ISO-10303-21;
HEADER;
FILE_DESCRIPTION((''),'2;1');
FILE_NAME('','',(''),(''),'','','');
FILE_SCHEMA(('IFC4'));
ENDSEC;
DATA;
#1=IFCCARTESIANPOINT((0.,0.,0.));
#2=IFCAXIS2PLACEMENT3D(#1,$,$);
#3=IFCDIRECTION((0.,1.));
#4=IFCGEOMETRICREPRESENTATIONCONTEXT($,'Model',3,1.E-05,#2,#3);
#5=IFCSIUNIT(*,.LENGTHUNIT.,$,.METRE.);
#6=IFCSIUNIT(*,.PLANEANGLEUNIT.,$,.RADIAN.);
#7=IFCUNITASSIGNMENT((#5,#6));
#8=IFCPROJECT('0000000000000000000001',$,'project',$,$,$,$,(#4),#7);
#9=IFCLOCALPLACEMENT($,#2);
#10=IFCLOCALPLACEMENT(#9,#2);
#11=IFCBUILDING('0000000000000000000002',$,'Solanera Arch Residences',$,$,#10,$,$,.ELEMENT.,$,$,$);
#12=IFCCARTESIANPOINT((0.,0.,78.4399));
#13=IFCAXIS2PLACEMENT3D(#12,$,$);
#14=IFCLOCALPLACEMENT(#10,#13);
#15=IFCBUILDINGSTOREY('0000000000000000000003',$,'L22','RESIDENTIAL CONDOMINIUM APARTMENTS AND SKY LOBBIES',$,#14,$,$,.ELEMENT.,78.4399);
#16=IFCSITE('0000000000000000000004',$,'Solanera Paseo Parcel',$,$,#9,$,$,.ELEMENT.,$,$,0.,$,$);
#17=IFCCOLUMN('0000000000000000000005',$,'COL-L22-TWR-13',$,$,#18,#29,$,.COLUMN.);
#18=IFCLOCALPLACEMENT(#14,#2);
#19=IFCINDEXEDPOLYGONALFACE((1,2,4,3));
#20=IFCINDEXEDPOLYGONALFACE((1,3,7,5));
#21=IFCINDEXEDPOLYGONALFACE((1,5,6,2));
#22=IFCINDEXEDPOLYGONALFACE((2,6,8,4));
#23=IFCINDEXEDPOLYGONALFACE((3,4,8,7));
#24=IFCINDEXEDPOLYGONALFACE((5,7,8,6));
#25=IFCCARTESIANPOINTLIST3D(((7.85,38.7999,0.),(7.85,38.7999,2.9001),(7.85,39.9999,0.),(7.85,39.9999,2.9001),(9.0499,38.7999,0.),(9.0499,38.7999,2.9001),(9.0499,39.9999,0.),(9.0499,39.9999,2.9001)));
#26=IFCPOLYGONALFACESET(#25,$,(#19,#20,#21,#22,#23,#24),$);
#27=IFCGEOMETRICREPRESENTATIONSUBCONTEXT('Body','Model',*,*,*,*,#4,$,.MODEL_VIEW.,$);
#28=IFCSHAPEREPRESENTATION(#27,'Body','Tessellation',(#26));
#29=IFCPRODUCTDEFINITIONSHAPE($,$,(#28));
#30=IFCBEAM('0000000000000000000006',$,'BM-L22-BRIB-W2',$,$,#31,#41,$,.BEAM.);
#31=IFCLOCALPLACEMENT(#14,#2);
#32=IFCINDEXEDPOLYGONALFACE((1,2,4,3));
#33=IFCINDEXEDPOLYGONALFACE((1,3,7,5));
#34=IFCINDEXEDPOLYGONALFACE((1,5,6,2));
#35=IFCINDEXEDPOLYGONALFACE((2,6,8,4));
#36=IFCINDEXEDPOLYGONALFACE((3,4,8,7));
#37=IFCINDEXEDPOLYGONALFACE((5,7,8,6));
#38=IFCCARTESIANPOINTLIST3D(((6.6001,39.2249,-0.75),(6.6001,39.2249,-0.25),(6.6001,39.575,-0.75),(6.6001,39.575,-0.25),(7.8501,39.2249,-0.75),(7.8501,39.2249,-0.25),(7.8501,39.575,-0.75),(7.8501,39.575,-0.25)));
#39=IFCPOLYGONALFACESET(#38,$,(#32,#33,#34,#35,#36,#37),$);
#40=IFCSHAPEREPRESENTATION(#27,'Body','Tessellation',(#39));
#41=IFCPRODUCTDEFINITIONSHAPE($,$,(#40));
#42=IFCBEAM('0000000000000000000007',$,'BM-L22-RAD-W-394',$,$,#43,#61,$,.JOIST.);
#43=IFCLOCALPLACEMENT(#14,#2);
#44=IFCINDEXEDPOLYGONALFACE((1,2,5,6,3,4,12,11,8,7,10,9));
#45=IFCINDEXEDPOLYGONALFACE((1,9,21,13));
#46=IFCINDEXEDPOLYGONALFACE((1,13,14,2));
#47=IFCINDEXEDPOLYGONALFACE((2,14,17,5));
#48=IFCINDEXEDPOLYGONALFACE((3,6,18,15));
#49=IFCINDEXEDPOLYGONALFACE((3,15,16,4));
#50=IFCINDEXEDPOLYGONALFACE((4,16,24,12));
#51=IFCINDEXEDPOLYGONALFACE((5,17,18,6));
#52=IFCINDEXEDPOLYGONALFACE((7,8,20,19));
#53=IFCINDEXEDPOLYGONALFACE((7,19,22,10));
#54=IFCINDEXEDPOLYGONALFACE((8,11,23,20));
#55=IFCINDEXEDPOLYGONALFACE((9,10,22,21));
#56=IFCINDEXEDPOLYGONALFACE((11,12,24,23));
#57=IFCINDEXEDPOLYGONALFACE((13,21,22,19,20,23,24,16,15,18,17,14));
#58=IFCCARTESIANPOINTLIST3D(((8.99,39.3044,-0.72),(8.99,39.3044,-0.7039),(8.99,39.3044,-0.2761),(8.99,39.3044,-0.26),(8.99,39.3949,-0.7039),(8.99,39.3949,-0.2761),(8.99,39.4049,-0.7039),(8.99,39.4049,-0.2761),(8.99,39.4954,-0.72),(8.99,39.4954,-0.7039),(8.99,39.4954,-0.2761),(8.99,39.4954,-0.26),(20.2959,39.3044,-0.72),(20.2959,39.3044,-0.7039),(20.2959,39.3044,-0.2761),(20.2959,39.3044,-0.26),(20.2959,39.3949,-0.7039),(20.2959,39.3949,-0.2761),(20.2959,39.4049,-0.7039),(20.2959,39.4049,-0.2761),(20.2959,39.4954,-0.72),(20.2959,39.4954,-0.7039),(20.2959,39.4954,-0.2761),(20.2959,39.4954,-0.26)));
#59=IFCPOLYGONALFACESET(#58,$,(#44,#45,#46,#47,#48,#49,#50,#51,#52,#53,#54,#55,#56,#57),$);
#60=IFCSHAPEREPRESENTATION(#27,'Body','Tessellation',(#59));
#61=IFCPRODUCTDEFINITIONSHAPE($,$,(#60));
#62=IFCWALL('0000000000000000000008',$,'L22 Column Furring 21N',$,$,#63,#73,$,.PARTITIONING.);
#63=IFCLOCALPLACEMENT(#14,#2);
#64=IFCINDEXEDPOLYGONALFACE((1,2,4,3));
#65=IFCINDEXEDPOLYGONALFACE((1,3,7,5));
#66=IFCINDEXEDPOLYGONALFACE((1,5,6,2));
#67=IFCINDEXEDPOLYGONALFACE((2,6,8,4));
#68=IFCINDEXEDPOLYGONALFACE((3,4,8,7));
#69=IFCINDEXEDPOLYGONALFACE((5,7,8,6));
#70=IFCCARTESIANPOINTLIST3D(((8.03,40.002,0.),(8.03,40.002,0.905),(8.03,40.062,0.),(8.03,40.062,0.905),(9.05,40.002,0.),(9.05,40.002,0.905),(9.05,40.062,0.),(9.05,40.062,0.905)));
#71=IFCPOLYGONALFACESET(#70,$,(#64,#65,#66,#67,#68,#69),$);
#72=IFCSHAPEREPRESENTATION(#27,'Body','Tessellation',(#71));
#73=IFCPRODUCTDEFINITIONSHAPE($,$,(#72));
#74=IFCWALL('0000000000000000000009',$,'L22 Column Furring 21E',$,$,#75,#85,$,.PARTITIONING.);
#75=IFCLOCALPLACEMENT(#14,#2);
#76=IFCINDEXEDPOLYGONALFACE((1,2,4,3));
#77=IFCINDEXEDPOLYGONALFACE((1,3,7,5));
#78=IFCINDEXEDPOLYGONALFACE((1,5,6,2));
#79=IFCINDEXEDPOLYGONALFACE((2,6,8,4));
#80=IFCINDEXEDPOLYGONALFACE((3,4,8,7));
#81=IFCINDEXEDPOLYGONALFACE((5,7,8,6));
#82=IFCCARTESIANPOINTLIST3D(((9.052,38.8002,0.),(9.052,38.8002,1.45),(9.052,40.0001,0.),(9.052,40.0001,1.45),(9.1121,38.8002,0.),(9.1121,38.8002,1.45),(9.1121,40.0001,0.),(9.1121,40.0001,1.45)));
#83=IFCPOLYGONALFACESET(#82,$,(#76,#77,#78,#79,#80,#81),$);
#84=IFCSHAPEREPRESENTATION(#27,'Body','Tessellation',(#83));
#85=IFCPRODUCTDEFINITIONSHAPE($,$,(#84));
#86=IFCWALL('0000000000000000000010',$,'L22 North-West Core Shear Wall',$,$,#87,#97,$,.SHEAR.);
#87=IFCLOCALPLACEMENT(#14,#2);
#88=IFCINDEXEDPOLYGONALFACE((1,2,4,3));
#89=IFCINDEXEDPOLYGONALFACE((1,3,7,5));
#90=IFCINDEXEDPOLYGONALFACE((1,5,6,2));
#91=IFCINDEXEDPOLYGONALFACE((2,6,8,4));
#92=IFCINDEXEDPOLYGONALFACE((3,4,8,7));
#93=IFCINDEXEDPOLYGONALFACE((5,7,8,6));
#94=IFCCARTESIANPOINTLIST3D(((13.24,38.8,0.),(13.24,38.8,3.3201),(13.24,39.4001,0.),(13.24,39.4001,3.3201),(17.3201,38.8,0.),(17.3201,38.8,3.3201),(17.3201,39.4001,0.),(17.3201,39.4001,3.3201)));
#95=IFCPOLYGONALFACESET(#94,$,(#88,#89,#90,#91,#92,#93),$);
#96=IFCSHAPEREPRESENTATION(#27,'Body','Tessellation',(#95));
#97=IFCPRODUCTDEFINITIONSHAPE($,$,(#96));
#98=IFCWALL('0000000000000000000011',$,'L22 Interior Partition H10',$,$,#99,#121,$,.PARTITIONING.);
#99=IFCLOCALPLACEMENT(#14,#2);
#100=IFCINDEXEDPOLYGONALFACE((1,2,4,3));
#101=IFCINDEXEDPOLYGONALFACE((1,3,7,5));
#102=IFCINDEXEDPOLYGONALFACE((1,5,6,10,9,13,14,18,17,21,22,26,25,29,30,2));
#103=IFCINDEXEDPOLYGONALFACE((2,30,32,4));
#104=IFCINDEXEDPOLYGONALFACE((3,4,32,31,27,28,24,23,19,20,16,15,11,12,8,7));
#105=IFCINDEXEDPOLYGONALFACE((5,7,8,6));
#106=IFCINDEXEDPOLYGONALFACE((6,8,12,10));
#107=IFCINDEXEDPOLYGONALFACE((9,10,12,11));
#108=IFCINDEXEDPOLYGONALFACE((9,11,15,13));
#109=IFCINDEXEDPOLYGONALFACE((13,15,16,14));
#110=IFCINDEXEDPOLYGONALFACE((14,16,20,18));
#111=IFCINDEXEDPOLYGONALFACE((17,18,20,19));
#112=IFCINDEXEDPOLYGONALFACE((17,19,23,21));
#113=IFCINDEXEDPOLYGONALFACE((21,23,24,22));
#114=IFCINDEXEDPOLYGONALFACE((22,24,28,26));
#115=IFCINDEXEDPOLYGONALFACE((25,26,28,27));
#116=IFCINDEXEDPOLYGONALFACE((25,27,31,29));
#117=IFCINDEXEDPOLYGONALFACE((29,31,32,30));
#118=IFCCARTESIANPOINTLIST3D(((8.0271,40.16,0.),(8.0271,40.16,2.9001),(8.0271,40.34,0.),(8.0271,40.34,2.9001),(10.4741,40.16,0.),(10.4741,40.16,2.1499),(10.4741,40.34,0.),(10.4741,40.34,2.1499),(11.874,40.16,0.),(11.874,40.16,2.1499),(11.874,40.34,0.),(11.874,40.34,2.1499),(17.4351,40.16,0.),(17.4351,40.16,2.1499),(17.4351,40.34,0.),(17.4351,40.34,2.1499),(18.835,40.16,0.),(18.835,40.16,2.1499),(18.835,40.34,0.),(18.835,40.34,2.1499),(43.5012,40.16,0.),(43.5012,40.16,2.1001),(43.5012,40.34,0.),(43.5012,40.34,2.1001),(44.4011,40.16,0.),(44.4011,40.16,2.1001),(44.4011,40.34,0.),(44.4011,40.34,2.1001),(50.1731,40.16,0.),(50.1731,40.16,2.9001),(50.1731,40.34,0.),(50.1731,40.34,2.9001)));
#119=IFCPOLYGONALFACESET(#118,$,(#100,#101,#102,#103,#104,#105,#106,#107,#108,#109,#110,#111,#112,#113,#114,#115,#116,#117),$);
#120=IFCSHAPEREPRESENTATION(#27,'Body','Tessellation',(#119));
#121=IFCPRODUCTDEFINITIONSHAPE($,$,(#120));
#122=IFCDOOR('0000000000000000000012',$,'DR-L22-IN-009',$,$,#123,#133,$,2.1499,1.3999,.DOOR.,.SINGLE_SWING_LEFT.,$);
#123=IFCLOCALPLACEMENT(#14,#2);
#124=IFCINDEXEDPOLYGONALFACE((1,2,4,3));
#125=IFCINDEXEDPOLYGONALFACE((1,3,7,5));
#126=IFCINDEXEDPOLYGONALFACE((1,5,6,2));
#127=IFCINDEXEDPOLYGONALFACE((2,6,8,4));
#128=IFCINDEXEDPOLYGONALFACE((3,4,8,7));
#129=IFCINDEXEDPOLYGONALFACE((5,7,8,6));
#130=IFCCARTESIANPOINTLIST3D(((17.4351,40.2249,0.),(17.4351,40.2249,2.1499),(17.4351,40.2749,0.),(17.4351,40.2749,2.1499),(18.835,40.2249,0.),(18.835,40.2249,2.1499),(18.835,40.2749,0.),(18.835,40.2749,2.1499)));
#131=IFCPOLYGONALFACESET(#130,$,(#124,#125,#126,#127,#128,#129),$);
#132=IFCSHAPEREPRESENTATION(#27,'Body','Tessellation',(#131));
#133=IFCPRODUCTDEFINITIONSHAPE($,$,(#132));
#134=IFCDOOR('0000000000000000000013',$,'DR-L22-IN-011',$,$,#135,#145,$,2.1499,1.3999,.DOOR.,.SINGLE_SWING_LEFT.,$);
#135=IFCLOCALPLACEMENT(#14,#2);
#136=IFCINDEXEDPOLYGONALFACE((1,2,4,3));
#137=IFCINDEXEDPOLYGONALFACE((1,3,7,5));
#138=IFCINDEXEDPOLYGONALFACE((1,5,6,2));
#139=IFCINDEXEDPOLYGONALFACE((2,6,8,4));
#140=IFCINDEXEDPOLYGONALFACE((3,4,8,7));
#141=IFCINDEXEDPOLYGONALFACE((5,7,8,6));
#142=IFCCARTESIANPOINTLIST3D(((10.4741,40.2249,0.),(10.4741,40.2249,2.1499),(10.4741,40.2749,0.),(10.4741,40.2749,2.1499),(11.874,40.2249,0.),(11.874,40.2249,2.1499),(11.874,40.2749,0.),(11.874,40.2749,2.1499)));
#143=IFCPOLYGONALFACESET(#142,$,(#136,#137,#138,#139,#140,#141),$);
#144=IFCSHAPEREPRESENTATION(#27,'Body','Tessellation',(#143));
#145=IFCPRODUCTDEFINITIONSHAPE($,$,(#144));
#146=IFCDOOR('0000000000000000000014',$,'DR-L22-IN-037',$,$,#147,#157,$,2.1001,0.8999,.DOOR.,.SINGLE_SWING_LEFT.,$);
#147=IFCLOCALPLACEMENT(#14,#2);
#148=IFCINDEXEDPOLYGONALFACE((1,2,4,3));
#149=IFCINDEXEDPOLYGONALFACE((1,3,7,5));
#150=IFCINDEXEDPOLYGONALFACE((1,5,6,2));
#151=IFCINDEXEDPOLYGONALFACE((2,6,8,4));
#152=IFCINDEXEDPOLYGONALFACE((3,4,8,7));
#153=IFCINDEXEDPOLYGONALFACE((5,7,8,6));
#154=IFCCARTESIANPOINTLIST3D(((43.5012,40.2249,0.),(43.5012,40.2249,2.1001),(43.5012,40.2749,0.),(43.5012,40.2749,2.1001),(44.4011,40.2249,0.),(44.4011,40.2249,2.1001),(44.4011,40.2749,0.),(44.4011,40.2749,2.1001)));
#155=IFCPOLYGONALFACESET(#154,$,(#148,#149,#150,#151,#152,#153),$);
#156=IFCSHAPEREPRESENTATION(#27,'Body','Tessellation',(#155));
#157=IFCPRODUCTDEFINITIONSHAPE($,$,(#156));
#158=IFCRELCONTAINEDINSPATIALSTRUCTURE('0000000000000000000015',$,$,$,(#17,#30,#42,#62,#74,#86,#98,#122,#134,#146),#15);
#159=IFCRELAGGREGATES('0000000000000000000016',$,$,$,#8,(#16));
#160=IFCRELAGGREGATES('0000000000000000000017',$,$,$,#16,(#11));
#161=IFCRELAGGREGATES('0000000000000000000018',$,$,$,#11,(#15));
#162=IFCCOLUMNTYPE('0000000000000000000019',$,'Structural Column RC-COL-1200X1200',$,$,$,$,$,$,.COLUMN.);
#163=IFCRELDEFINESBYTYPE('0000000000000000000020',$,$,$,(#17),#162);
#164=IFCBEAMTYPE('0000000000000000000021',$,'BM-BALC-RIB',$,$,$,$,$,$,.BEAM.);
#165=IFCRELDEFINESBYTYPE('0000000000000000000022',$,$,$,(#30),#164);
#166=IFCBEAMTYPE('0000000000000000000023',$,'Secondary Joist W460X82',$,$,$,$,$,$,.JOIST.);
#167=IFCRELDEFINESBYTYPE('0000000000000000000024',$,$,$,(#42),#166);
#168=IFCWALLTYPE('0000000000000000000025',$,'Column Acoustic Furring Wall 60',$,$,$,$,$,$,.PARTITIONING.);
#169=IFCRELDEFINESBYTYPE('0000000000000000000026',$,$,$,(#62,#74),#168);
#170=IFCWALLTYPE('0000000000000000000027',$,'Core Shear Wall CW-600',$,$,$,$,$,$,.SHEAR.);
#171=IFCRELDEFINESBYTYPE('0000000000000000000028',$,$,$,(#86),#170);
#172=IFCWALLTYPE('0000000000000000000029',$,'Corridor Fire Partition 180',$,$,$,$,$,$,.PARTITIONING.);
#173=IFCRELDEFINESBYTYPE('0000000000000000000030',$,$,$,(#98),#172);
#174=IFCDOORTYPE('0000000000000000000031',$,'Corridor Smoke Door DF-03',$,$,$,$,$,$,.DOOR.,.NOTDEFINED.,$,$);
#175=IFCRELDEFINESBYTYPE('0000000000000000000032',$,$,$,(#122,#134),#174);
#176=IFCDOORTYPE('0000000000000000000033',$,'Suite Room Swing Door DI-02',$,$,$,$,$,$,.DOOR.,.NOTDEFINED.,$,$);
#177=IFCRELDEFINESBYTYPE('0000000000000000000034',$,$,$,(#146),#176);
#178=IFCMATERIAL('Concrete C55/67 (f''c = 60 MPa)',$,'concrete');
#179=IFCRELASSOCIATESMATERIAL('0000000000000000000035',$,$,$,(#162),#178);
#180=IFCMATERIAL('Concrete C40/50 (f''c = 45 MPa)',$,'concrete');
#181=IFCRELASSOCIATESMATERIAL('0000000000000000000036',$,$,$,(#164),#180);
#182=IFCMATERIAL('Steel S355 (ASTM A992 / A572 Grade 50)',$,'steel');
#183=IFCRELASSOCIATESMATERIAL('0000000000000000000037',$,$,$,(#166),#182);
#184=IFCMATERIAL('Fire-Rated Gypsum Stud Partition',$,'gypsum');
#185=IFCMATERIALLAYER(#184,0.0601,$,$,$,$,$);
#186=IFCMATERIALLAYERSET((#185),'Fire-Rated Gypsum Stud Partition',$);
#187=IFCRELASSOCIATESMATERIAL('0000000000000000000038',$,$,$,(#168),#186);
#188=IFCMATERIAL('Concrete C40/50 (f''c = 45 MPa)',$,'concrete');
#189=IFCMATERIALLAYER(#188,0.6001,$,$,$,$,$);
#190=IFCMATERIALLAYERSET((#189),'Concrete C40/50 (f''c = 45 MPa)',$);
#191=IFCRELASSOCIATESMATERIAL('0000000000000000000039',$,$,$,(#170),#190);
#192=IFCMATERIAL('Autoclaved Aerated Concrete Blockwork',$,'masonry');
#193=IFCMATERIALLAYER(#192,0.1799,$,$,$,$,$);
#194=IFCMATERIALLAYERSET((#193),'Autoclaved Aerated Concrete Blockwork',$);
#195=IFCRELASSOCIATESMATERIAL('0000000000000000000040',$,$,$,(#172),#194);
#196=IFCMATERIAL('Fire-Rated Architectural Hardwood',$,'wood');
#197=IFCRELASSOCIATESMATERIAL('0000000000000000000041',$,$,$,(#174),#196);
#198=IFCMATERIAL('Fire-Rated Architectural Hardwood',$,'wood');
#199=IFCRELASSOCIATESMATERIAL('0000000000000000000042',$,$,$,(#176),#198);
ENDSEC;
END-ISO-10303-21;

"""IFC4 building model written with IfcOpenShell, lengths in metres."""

from ifc_helpers import new_model, si_unit, direction, frame, frame_2d, origin, origin_2d, place, context, subcontext, project, spatial, rectangle, i_section, extrude, material, layer, layer_set, material_profile, profile_set, type_object, element, fill, save


model = new_model("IFC4")

# Units and contexts
model_context = context("Model", 3, precision=1e-05, world=origin(), true_north=direction((0.0, 1.0)))
body_context = subcontext(model_context, "Body", "Model", "MODEL_VIEW")
ifc_project = project(units=[si_unit("LENGTHUNIT", "METRE"), si_unit("PLANEANGLEUNIT", "RADIAN")], contexts=[model_context])

# Site, building, storey
site_placement = place(None, origin())
site = spatial("IfcSite", under=ifc_project, at=site_placement, Name="Solanera Paseo Parcel", CompositionType="ELEMENT", RefElevation=0.0)
building_placement = place(site_placement, origin())
building = spatial("IfcBuilding", under=site, at=building_placement, Name="Solanera Arch Residences", CompositionType="ELEMENT")
storey_placement = place(building_placement, frame((0.0, 0.0, 78.4399)))
storey = spatial("IfcBuildingStorey", under=building, at=storey_placement, Name="L22", Description="RESIDENTIAL CONDOMINIUM APARTMENTS AND SKY LOBBIES", CompositionType="ELEMENT", Elevation=78.4399)

# Column
ifc_material_1 = material(Name="Concrete C55/67 (f'c = 60 MPa)", Category="concrete")
ifc_material_profile_1 = material_profile(ifc_material_1, rectangle(XDim=1.2, YDim=1.2, at=origin_2d()))
ifc_profile_set_1 = profile_set([ifc_material_profile_1], Name="Concrete C55/67 (f'c = 60 MPa)")
column_type = type_object("IfcColumnType", Name="Structural Column RC-COL-1200X1200", PredefinedType="COLUMN", material=ifc_profile_set_1)
column_placement = place(storey_placement, frame((8.45, 39.3999, 0.0), z_axis=(0.0, 0.0, 1.0), x_axis=(1.0, 0.0, 0.0)))
element("IfcColumn", 1, at=column_placement, inside=storey, type_object=column_type, Name="COL-L22-TWR-13", PredefinedType="COLUMN", context=body_context, shape_type="SweptSolid", body=[
    extrude(rectangle(XDim=1.2, YDim=1.2, at=origin_2d()), origin(), (0.0, 0.0, 1.0), 2.9001),
])

# Beams
ifc_material_2 = material(Name="Concrete C40/50 (f'c = 45 MPa)", Category="concrete")
ifc_material_profile_2 = material_profile(ifc_material_2, rectangle(XDim=0.3501, YDim=0.5, at=origin_2d()))
ifc_profile_set_2 = profile_set([ifc_material_profile_2], Name="Concrete C40/50 (f'c = 45 MPa)")
beam_type_1 = type_object("IfcBeamType", Name="BM-BALC-RIB", PredefinedType="BEAM", material=ifc_profile_set_2)
beam_1_placement = place(storey_placement, frame((6.6001, 39.3999, -0.5), z_axis=(1.0, 0.0, 0.0), x_axis=(0.0, 1.0, 0.0)))
element("IfcBeam", 2, at=beam_1_placement, inside=storey, type_object=beam_type_1, Name="BM-L22-BRIB-W2", PredefinedType="BEAM", context=body_context, shape_type="SweptSolid", body=[
    extrude(rectangle(XDim=0.3501, YDim=0.5, at=origin_2d()), origin(), (0.0, 0.0, 1.0), 1.25),
])
ifc_material_3 = material(Name="Steel S355 (ASTM A992 / A572 Grade 50)", Category="steel")
ifc_material_profile_3 = material_profile(ifc_material_3, i_section(OverallWidth=0.1909, OverallDepth=0.46, WebThickness=0.01, FlangeThickness=0.0161, at=origin_2d()))
ifc_profile_set_3 = profile_set([ifc_material_profile_3], Name="Steel S355 (ASTM A992 / A572 Grade 50)")
beam_type_2 = type_object("IfcBeamType", Name="Secondary Joist W460X82", PredefinedType="JOIST", material=ifc_profile_set_3)
beam_2_placement = place(storey_placement, frame((8.99, 39.3999, -0.49), z_axis=(1.0, 0.0, 0.0), x_axis=(0.0, 1.0, 0.0)))
element("IfcBeam", 3, at=beam_2_placement, inside=storey, type_object=beam_type_2, Name="BM-L22-RAD-W-394", PredefinedType="JOIST", context=body_context, shape_type="SweptSolid", body=[
    extrude(i_section(OverallWidth=0.1909, OverallDepth=0.46, WebThickness=0.01, FlangeThickness=0.0161, at=origin_2d()), origin(), (0.0, 0.0, 1.0), 11.3059),
])

# Walls
ifc_material_4 = material(Name="Fire-Rated Gypsum Stud Partition", Category="gypsum")
ifc_layer_1 = layer(ifc_material_4, 0.0601)
ifc_layer_set_1 = layer_set([ifc_layer_1], Name="Fire-Rated Gypsum Stud Partition")
wall_type_1 = type_object("IfcWallType", Name="Column Acoustic Furring Wall 60", PredefinedType="PARTITIONING", material=ifc_layer_set_1)
wall_1_placement = place(storey_placement, frame((8.03, 40.032, 0.0), z_axis=(0.0, 0.0, 1.0), x_axis=(1.0, 0.0, 0.0)))
element("IfcWall", 4, at=wall_1_placement, inside=storey, type_object=wall_type_1, Name="L22 Column Furring 21N", PredefinedType="PARTITIONING", context=body_context, shape_type="SweptSolid", body=[
    extrude(rectangle(XDim=1.02, YDim=0.0601, at=frame_2d((0.51, 0.0))), origin(), (0.0, 0.0, 1.0), 0.905),
])
wall_2_placement = place(storey_placement, frame((9.082, 38.8, 0.0), z_axis=(0.0, 0.0, 1.0), x_axis=(0.0, 1.0, 0.0)))
element("IfcWall", 5, at=wall_2_placement, inside=storey, type_object=wall_type_1, Name="L22 Column Furring 21E", PredefinedType="PARTITIONING", context=body_context, shape_type="SweptSolid", body=[
    extrude(rectangle(XDim=1.2, YDim=0.0601, at=frame_2d((0.6001, 0.0))), origin(), (0.0, 0.0, 1.0), 1.45),
])
ifc_material_5 = material(Name="Concrete C40/50 (f'c = 45 MPa)", Category="concrete")
ifc_layer_2 = layer(ifc_material_5, 0.6001)
ifc_layer_set_2 = layer_set([ifc_layer_2], Name="Concrete C40/50 (f'c = 45 MPa)")
wall_type_2 = type_object("IfcWallType", Name="Core Shear Wall CW-600", PredefinedType="SHEAR", material=ifc_layer_set_2)
wall_3_placement = place(storey_placement, frame((13.24, 39.1001, 0.0), z_axis=(0.0, 0.0, 1.0), x_axis=(1.0, 0.0, 0.0)))
element("IfcWall", 6, at=wall_3_placement, inside=storey, type_object=wall_type_2, Name="L22 North-West Core Shear Wall", PredefinedType="SHEAR", context=body_context, shape_type="SweptSolid", body=[
    extrude(rectangle(XDim=4.0801, YDim=0.6001, at=frame_2d((2.04, 0.0))), origin(), (0.0, 0.0, 1.0), 3.3201),
])

# Wall, openings, doors
ifc_material_6 = material(Name="Autoclaved Aerated Concrete Blockwork", Category="masonry")
ifc_layer_3 = layer(ifc_material_6, 0.1799)
ifc_layer_set_3 = layer_set([ifc_layer_3], Name="Autoclaved Aerated Concrete Blockwork")
wall_type_3 = type_object("IfcWallType", Name="Corridor Fire Partition 180", PredefinedType="PARTITIONING", material=ifc_layer_set_3)
wall_4_placement = place(storey_placement, frame((8.0271, 40.25, 0.0), z_axis=(0.0, 0.0, 1.0), x_axis=(1.0, 0.0, 0.0)))
wall_4 = element("IfcWall", 7, at=wall_4_placement, inside=storey, type_object=wall_type_3, Name="L22 Interior Partition H10", PredefinedType="PARTITIONING", context=body_context, shape_type="SweptSolid", body=[
    extrude(rectangle(XDim=42.146, YDim=0.1799, at=frame_2d((21.073, 0.0))), origin(), (0.0, 0.0, 1.0), 2.9001),
])
opening_1_placement = place(wall_4_placement, frame((9.408, 0.0, 0.0)))
opening_1 = element("IfcOpeningElement", 8, at=opening_1_placement, cuts=wall_4, PredefinedType="OPENING", context=body_context, shape_type="SweptSolid", body=[
    extrude(rectangle(XDim=1.3999, YDim=2.1499, at=frame_2d((0.7, 1.075))), frame((0.0, 0.1001, 0.0), z_axis=(0.0, -1.0, 0.0), x_axis=(1.0, 0.0, 0.0)), (0.0, 0.0, 1.0), 0.1999),
])
opening_2_placement = place(wall_4_placement, frame((2.447, 0.0, 0.0)))
opening_2 = element("IfcOpeningElement", 9, at=opening_2_placement, cuts=wall_4, PredefinedType="OPENING", context=body_context, shape_type="SweptSolid", body=[
    extrude(rectangle(XDim=1.3999, YDim=2.1499, at=frame_2d((0.7, 1.075))), frame((0.0, 0.1001, 0.0), z_axis=(0.0, -1.0, 0.0), x_axis=(1.0, 0.0, 0.0)), (0.0, 0.0, 1.0), 0.1999),
])
opening_3_placement = place(wall_4_placement, frame((35.4741, 0.0, 0.0)))
opening_3 = element("IfcOpeningElement", 10, at=opening_3_placement, cuts=wall_4, PredefinedType="OPENING", context=body_context, shape_type="SweptSolid", body=[
    extrude(rectangle(XDim=0.8999, YDim=2.1001, at=frame_2d((0.45, 1.05))), frame((0.0, 0.1001, 0.0), z_axis=(0.0, -1.0, 0.0), x_axis=(1.0, 0.0, 0.0)), (0.0, 0.0, 1.0), 0.1999),
])
ifc_material_7 = material(Name="Fire-Rated Architectural Hardwood", Category="wood")
door_type_1 = type_object("IfcDoorType", Name="Corridor Smoke Door DF-03", OperationType="NOTDEFINED", PredefinedType="DOOR", material=ifc_material_7)
door_1_placement = place(opening_1_placement, origin())
door_1 = element("IfcDoor", 11, at=door_1_placement, inside=storey, type_object=door_type_1, Name="DR-L22-IN-009", OperationType="SINGLE_SWING_LEFT", OverallHeight=2.1499, OverallWidth=1.3999, PredefinedType="DOOR", context=body_context, shape_type="SweptSolid", body=[
    extrude(rectangle(XDim=1.3999, YDim=2.1499, at=frame_2d((0.7, 1.075))), frame((0.0, 0.0249, 0.0), z_axis=(0.0, -1.0, 0.0), x_axis=(1.0, 0.0, 0.0)), (0.0, 0.0, 1.0), 0.05),
])
fill(opening_1, door_1)
door_2_placement = place(opening_2_placement, origin())
door_2 = element("IfcDoor", 12, at=door_2_placement, inside=storey, type_object=door_type_1, Name="DR-L22-IN-011", OperationType="SINGLE_SWING_LEFT", OverallHeight=2.1499, OverallWidth=1.3999, PredefinedType="DOOR", context=body_context, shape_type="SweptSolid", body=[
    extrude(rectangle(XDim=1.3999, YDim=2.1499, at=frame_2d((0.7, 1.075))), frame((0.0, 0.0249, 0.0), z_axis=(0.0, -1.0, 0.0), x_axis=(1.0, 0.0, 0.0)), (0.0, 0.0, 1.0), 0.05),
])
fill(opening_2, door_2)
ifc_material_8 = material(Name="Fire-Rated Architectural Hardwood", Category="wood")
door_type_2 = type_object("IfcDoorType", Name="Suite Room Swing Door DI-02", OperationType="NOTDEFINED", PredefinedType="DOOR", material=ifc_material_8)
door_3_placement = place(opening_3_placement, origin())
door_3 = element("IfcDoor", 13, at=door_3_placement, inside=storey, type_object=door_type_2, Name="DR-L22-IN-037", OperationType="SINGLE_SWING_LEFT", OverallHeight=2.1001, OverallWidth=0.8999, PredefinedType="DOOR", context=body_context, shape_type="SweptSolid", body=[
    extrude(rectangle(XDim=0.8999, YDim=2.1001, at=frame_2d((0.45, 1.05))), frame((0.0, 0.0249, 0.0), z_axis=(0.0, -1.0, 0.0), x_axis=(1.0, 0.0, 0.0)), (0.0, 0.0, 1.0), 0.05),
])
fill(opening_3, door_3)

save(model, "model.ifc")
